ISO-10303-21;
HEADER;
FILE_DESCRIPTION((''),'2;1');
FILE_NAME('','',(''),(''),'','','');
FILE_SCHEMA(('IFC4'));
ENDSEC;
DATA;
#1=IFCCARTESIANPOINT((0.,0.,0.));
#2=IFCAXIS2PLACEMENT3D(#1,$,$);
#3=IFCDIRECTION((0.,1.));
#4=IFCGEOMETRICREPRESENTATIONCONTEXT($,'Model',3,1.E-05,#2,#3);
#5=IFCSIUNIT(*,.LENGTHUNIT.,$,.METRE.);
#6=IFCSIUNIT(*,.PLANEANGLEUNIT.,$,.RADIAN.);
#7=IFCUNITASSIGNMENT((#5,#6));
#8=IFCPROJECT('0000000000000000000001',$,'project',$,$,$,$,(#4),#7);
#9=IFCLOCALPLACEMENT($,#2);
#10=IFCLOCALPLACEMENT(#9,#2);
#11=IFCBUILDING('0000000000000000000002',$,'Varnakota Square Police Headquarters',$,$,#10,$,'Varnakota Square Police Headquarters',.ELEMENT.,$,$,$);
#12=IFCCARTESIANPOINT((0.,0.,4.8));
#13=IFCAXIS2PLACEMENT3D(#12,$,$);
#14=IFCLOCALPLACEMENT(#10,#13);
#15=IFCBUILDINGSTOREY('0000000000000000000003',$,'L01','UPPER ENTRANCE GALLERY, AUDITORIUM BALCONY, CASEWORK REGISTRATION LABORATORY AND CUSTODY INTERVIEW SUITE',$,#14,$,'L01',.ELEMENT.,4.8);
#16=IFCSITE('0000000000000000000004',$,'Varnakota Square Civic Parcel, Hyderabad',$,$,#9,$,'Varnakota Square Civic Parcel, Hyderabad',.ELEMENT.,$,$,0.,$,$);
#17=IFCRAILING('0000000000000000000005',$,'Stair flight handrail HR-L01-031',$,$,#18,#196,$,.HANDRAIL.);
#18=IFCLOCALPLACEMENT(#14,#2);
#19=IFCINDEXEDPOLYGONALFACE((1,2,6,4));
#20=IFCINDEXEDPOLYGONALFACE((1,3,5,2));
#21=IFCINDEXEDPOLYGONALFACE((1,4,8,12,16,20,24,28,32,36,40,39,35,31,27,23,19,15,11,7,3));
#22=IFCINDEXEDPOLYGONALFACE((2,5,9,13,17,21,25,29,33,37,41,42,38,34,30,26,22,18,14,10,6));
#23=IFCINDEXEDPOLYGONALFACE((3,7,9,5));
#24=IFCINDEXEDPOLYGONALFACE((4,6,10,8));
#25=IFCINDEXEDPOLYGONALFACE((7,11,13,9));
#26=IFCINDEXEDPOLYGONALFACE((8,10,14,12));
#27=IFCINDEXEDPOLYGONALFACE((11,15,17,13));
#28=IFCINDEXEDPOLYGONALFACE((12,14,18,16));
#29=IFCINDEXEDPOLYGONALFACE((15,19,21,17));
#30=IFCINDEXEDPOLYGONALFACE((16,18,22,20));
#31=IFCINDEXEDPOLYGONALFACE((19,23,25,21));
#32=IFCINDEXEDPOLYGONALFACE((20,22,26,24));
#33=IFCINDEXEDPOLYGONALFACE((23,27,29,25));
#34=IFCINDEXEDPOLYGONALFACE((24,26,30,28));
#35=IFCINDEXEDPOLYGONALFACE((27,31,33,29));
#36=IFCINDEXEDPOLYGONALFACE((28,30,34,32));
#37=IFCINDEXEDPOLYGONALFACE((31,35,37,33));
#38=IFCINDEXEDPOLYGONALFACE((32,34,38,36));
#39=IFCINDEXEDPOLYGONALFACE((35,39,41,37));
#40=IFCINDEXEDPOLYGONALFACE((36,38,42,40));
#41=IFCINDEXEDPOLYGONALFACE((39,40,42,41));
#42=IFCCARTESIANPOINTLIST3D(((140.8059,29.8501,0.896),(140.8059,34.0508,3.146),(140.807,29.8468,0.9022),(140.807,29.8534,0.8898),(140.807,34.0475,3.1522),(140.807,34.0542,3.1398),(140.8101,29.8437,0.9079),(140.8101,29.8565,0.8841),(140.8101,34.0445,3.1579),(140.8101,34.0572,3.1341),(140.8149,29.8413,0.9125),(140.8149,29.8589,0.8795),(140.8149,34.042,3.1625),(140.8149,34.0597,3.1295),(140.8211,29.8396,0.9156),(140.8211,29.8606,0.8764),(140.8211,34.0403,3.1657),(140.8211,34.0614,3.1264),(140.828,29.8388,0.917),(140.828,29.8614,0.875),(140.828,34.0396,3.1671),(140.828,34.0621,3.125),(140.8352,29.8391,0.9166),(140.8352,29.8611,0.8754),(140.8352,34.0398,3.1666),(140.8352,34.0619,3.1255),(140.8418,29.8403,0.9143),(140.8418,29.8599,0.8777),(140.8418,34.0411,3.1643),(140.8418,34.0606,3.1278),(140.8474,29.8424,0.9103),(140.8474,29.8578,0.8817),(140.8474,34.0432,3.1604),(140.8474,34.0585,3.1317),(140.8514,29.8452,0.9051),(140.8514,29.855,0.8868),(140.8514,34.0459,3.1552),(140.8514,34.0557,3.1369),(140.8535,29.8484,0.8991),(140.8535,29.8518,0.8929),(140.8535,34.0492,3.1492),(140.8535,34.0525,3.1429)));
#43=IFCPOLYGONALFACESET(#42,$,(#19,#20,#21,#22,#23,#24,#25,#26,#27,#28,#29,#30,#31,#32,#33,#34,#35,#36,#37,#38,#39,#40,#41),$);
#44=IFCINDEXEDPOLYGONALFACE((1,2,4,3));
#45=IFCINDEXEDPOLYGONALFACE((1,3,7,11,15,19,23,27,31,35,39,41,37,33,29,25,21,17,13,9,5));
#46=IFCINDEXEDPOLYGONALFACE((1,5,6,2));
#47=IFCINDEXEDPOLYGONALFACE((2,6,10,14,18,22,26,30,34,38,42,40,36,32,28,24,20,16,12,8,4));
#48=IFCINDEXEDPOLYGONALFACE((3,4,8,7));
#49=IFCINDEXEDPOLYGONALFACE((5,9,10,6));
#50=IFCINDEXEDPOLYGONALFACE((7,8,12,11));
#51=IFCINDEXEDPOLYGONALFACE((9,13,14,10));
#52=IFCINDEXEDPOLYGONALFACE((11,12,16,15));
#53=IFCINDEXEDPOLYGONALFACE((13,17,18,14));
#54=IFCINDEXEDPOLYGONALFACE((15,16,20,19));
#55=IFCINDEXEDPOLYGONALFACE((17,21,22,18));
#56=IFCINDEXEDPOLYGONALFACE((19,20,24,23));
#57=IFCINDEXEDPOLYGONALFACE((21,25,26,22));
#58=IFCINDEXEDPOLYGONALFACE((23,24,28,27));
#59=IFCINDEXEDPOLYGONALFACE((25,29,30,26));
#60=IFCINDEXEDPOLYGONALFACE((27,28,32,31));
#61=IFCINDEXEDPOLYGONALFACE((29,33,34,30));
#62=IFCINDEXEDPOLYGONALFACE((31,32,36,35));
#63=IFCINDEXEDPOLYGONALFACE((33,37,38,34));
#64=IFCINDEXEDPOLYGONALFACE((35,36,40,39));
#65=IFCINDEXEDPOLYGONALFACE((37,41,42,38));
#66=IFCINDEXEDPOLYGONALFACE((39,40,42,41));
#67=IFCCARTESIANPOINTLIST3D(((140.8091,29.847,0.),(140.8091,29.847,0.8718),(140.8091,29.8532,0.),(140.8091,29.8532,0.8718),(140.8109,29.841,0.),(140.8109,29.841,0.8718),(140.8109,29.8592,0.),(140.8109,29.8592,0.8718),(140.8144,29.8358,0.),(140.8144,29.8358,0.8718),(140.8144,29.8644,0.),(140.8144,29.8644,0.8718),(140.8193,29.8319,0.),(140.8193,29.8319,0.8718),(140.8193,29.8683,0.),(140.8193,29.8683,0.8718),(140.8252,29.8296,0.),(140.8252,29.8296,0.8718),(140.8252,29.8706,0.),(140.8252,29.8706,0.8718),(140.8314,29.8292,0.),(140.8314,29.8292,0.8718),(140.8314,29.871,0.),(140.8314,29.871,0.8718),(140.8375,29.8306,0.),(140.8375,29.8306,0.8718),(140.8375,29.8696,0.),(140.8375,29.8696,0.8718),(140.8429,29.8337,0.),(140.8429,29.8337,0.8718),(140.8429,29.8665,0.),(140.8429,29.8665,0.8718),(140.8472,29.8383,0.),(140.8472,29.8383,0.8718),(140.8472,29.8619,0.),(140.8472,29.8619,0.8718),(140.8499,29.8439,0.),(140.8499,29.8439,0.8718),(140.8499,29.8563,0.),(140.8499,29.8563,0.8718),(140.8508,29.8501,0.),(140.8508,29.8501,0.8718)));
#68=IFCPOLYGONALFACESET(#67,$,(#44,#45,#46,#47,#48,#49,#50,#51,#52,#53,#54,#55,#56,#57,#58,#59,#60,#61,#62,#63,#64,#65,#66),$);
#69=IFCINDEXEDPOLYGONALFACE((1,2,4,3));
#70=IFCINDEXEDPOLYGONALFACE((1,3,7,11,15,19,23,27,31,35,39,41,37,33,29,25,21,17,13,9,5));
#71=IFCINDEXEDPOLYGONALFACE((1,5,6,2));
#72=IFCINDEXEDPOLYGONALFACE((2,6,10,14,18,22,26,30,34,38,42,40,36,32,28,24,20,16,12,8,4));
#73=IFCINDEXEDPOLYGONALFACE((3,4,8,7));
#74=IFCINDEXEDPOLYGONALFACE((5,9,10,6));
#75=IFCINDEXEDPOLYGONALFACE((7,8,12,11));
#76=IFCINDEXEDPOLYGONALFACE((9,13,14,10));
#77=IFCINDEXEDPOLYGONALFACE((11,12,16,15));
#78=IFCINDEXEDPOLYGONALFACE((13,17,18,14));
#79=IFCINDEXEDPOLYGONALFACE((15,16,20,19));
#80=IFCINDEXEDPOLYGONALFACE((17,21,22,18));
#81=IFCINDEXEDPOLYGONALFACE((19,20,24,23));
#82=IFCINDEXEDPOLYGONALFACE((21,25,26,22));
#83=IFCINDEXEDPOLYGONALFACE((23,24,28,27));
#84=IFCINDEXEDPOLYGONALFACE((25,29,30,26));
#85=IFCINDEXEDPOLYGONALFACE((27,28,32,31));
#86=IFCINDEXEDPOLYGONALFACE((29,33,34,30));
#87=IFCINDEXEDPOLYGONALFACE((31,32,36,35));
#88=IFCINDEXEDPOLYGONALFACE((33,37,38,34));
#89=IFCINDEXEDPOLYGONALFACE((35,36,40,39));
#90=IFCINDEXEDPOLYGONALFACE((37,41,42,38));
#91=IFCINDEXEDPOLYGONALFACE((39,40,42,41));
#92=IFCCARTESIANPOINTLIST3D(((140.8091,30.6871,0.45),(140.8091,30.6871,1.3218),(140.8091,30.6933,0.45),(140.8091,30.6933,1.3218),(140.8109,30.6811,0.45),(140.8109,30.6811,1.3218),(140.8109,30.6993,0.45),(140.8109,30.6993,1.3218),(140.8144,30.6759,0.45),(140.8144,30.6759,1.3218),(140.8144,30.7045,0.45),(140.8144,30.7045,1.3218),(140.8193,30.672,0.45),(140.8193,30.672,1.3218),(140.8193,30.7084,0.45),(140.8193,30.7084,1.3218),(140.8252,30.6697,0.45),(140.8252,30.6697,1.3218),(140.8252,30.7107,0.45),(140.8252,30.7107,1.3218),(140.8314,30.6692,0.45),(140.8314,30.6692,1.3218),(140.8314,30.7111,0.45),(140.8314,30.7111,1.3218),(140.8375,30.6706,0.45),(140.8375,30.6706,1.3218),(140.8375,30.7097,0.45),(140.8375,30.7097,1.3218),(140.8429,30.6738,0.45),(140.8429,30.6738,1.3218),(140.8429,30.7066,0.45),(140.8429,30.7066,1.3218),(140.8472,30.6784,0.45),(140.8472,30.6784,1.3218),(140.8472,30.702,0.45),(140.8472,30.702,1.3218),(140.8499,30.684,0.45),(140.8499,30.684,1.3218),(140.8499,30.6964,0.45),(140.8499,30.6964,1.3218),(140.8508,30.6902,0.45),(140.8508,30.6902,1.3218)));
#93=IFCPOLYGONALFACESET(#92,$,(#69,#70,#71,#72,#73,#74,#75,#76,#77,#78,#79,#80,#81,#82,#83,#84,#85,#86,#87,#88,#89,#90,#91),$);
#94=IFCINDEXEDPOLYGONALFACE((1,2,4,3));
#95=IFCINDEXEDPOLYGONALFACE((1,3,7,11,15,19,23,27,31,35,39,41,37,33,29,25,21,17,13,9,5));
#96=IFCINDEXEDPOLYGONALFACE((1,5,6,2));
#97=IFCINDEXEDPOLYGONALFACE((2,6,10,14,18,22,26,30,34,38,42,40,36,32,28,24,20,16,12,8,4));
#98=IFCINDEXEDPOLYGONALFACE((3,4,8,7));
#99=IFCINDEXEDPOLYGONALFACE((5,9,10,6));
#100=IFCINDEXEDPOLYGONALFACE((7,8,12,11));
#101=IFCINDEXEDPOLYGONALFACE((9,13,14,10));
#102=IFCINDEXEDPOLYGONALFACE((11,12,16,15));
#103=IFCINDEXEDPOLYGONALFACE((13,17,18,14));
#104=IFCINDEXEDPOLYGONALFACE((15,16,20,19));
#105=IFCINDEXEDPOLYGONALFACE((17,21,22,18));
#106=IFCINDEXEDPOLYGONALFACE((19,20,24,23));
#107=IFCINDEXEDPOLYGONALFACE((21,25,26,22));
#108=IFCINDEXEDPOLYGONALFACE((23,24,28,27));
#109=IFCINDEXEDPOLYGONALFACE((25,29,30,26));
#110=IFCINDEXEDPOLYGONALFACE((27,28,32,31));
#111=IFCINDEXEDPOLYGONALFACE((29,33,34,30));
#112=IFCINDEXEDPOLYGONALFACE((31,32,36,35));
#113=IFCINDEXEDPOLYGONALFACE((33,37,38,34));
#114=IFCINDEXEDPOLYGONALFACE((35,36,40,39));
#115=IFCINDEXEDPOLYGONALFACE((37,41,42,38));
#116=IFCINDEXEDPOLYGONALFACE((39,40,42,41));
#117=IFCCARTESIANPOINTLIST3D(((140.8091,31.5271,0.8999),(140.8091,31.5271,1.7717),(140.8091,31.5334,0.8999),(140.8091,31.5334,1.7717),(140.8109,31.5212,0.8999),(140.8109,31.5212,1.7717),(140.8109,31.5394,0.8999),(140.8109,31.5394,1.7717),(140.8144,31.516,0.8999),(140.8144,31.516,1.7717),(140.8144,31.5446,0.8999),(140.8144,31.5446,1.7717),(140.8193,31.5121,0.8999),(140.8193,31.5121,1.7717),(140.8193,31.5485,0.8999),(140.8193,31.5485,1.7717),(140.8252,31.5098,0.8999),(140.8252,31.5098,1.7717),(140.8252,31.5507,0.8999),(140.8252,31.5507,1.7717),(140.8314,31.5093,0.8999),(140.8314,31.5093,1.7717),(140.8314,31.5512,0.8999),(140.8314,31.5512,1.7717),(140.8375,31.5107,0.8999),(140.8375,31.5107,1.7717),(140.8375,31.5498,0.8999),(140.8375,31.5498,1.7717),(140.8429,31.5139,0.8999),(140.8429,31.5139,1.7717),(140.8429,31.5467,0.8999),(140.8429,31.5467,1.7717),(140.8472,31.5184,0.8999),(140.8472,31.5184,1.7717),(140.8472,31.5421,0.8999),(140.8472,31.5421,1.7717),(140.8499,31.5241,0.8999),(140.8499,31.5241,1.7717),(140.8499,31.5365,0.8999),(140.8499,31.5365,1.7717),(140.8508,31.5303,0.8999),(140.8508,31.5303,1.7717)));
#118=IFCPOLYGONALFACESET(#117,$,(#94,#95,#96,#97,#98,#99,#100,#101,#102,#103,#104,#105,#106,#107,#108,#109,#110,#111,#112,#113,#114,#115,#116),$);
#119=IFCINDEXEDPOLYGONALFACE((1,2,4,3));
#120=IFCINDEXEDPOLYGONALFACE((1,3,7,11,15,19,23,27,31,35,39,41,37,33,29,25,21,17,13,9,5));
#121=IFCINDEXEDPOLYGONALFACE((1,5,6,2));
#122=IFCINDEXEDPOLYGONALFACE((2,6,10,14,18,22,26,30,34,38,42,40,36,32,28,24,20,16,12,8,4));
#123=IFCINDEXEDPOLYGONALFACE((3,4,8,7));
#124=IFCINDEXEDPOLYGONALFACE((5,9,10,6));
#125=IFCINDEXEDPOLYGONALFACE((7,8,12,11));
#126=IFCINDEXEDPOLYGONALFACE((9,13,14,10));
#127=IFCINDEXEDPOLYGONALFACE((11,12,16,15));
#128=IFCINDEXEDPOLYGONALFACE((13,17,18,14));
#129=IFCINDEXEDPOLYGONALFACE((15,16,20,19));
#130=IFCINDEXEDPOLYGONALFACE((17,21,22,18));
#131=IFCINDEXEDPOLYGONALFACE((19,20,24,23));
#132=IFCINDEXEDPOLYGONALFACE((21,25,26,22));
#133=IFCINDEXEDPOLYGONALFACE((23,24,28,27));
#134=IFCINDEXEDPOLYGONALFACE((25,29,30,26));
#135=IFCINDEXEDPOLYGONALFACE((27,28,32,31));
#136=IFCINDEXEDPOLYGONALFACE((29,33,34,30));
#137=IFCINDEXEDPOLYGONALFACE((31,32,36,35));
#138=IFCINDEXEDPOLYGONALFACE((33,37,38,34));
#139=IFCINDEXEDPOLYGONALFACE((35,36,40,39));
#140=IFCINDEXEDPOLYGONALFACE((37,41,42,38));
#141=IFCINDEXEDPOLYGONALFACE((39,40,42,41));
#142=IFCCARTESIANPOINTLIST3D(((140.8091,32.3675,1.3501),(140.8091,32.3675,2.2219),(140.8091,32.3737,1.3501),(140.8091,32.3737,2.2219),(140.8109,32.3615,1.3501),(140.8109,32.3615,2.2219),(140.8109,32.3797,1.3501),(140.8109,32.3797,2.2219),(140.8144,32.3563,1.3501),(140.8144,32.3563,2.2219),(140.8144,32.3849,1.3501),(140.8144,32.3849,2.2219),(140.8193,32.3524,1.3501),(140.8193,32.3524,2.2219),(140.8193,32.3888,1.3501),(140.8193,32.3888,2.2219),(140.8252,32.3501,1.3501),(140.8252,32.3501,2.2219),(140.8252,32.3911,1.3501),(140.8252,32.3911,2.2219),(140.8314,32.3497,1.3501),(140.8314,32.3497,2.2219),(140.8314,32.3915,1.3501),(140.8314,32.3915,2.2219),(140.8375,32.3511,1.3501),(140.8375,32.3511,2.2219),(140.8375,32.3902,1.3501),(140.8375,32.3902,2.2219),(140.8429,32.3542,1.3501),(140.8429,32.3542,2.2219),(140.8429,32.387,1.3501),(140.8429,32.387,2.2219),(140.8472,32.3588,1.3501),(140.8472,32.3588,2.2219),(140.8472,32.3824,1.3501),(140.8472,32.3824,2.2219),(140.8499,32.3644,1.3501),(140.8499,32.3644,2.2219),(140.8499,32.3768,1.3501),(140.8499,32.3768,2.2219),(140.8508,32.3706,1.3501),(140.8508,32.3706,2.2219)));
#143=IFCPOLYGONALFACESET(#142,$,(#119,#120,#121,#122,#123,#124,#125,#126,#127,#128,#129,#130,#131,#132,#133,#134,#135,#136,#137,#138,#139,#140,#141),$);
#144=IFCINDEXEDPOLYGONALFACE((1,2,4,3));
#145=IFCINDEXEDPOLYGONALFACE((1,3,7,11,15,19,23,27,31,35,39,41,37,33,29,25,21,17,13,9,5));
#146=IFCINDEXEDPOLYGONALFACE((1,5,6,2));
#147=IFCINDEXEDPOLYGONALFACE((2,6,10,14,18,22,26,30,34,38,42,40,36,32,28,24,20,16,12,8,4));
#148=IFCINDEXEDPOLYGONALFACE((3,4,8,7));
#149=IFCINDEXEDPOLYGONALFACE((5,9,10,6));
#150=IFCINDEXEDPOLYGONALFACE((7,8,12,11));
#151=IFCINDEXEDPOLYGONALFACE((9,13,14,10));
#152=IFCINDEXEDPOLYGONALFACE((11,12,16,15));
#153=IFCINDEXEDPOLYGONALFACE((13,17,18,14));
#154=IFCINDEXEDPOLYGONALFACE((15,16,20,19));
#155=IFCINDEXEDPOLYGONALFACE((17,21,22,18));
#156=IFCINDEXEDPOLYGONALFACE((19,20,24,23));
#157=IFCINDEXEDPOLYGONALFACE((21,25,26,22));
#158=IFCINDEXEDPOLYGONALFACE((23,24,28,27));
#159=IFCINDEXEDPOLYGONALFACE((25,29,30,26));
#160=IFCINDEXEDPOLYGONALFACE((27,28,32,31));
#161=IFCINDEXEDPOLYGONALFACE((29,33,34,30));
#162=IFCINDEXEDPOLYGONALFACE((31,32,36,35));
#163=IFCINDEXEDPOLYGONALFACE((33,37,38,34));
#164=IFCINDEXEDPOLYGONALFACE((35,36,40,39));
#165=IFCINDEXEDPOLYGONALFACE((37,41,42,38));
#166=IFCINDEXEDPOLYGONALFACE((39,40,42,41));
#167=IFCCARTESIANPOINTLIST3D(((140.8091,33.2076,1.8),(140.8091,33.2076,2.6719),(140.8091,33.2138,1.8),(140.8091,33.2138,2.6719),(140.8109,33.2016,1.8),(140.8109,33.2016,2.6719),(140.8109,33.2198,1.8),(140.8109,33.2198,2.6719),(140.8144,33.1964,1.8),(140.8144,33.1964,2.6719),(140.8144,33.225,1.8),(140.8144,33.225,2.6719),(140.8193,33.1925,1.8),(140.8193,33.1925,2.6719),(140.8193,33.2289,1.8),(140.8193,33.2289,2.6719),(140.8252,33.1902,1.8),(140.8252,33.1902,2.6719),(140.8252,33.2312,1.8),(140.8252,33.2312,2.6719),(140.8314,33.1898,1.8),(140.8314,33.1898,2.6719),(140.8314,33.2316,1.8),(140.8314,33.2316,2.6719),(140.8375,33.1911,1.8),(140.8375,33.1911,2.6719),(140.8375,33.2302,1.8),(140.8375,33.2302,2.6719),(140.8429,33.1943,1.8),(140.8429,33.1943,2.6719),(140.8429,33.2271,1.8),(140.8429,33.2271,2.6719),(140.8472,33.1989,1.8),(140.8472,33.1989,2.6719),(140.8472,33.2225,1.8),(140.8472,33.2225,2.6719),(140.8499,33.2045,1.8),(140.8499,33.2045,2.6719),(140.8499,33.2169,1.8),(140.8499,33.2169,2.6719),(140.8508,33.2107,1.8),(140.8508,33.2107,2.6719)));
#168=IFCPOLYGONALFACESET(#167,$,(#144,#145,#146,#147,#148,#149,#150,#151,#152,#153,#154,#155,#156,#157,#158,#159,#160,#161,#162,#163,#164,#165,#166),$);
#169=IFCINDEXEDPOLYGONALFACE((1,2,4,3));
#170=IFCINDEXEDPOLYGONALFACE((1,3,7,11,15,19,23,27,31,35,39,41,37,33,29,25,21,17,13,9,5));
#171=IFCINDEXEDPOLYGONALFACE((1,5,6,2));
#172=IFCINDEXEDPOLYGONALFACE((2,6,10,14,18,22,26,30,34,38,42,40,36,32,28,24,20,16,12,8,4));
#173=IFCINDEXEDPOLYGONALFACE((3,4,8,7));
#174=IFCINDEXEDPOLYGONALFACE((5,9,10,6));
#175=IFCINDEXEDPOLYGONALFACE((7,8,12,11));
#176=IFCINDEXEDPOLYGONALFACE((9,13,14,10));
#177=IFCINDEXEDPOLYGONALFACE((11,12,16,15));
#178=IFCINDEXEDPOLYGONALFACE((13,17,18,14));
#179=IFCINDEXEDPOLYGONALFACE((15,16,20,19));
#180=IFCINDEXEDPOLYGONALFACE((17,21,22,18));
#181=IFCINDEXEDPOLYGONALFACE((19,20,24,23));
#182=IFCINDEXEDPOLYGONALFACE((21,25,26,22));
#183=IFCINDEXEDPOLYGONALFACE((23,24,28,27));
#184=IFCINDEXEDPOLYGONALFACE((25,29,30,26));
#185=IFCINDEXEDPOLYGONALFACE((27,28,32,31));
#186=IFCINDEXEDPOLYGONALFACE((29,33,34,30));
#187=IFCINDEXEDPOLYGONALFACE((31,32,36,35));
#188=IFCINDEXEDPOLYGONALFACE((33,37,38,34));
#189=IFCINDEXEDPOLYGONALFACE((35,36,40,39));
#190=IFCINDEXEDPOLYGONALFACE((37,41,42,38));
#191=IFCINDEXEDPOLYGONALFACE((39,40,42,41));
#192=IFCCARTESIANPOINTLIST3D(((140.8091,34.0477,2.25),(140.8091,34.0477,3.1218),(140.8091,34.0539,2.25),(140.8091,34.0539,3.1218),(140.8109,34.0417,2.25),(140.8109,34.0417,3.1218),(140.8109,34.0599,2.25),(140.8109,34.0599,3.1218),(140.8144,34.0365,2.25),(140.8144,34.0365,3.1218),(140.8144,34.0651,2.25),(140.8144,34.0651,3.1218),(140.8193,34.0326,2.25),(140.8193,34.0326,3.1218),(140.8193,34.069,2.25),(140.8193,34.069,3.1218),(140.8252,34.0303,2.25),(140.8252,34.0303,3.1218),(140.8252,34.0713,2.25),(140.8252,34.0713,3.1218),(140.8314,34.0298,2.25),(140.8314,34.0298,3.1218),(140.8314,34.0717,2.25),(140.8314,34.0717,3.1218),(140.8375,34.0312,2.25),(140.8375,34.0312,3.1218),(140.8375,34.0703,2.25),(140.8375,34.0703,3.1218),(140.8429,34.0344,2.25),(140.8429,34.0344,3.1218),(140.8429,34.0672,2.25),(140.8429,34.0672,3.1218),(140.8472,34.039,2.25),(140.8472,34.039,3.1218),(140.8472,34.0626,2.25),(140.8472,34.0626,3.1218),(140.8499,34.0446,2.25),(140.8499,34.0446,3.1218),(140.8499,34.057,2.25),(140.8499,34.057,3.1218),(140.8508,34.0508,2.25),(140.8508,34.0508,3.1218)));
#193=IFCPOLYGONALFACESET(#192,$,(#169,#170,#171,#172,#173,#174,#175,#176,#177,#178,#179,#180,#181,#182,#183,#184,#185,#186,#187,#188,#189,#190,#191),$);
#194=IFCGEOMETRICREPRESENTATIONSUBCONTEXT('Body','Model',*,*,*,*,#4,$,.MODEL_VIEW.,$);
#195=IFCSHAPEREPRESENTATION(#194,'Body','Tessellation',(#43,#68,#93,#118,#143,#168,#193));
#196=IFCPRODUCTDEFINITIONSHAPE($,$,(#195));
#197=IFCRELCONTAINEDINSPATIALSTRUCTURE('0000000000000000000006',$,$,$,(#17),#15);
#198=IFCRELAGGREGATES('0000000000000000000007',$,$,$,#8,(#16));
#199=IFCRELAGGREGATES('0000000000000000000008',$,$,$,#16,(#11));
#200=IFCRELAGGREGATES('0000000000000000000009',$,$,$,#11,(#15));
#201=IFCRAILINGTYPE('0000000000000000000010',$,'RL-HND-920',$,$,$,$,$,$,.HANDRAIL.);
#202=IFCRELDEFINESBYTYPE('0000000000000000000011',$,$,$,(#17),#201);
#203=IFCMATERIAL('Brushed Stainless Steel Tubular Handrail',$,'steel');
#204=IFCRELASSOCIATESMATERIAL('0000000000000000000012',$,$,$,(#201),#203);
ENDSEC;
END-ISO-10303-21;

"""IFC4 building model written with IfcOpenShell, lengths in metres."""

from ifc_helpers import new_model, si_unit, direction, frame, origin, origin_2d, place, context, subcontext, project, spatial, circle, extrude, material, type_object, element, save


model = new_model("IFC4")

# Units and contexts
model_context = context("Model", 3, precision=1e-05, world=origin(), true_north=direction((0.0, 1.0)))
body_context = subcontext(model_context, "Body", "Model", "MODEL_VIEW")
ifc_project = project(units=[si_unit("LENGTHUNIT", "METRE"), si_unit("PLANEANGLEUNIT", "RADIAN")], contexts=[model_context])

# Site, building, storey
site_placement = place(None, origin())
site = spatial("IfcSite", under=ifc_project, at=site_placement, Name="Varnakota Square Civic Parcel, Hyderabad", LongName="Varnakota Square Civic Parcel, Hyderabad", CompositionType="ELEMENT", RefElevation=0.0)
building_placement = place(site_placement, origin())
building = spatial("IfcBuilding", under=site, at=building_placement, Name="Varnakota Square Police Headquarters", LongName="Varnakota Square Police Headquarters", CompositionType="ELEMENT")
storey_placement = place(building_placement, frame((0.0, 0.0, 4.8)))
storey = spatial("IfcBuildingStorey", under=building, at=storey_placement, Name="L01", Description="UPPER ENTRANCE GALLERY, AUDITORIUM BALCONY, CASEWORK REGISTRATION LABORATORY AND CUSTODY INTERVIEW SUITE", LongName="L01", CompositionType="ELEMENT", Elevation=4.8)

# Railing
ifc_material_1 = material(Name="Brushed Stainless Steel Tubular Handrail", Category="steel")
railing_type_1 = type_object("IfcRailingType", Name="RL-HND-920", PredefinedType="HANDRAIL", material=ifc_material_1)
railing_1_placement = place(storey_placement, frame((140.8298, 29.8501, 0.0)))
element("IfcRailing", 1, at=railing_1_placement, inside=storey, type_object=railing_type_1, Name="Stair flight handrail HR-L01-031", PredefinedType="HANDRAIL", context=body_context, shape_type="SweptSolid", body=[
    extrude(circle(Radius=0.0239, at=origin_2d()), frame((0.0, 0.0, 0.896), z_axis=(0.0, 0.881512, 0.472162), x_axis=(-1.0, 0.0, 0.0)), (0.0, 0.0, 1.0), 4.7654),
    extrude(circle(Radius=0.021, at=origin_2d()), origin(), (0.0, 0.0, 1.0), 0.8718),
    extrude(circle(Radius=0.021, at=origin_2d()), frame((0.0, 0.8401, 0.45)), (0.0, 0.0, 1.0), 0.8718),
    extrude(circle(Radius=0.021, at=origin_2d()), frame((0.0, 1.6802, 0.8999)), (0.0, 0.0, 1.0), 0.8718),
    extrude(circle(Radius=0.021, at=origin_2d()), frame((0.0, 2.5205, 1.3501)), (0.0, 0.0, 1.0), 0.8718),
    extrude(circle(Radius=0.021, at=origin_2d()), frame((0.0, 3.3606, 1.8)), (0.0, 0.0, 1.0), 0.8718),
    extrude(circle(Radius=0.021, at=origin_2d()), frame((0.0, 4.2007, 2.25)), (0.0, 0.0, 1.0), 0.8718),
])

save(model, "model.ifc")
